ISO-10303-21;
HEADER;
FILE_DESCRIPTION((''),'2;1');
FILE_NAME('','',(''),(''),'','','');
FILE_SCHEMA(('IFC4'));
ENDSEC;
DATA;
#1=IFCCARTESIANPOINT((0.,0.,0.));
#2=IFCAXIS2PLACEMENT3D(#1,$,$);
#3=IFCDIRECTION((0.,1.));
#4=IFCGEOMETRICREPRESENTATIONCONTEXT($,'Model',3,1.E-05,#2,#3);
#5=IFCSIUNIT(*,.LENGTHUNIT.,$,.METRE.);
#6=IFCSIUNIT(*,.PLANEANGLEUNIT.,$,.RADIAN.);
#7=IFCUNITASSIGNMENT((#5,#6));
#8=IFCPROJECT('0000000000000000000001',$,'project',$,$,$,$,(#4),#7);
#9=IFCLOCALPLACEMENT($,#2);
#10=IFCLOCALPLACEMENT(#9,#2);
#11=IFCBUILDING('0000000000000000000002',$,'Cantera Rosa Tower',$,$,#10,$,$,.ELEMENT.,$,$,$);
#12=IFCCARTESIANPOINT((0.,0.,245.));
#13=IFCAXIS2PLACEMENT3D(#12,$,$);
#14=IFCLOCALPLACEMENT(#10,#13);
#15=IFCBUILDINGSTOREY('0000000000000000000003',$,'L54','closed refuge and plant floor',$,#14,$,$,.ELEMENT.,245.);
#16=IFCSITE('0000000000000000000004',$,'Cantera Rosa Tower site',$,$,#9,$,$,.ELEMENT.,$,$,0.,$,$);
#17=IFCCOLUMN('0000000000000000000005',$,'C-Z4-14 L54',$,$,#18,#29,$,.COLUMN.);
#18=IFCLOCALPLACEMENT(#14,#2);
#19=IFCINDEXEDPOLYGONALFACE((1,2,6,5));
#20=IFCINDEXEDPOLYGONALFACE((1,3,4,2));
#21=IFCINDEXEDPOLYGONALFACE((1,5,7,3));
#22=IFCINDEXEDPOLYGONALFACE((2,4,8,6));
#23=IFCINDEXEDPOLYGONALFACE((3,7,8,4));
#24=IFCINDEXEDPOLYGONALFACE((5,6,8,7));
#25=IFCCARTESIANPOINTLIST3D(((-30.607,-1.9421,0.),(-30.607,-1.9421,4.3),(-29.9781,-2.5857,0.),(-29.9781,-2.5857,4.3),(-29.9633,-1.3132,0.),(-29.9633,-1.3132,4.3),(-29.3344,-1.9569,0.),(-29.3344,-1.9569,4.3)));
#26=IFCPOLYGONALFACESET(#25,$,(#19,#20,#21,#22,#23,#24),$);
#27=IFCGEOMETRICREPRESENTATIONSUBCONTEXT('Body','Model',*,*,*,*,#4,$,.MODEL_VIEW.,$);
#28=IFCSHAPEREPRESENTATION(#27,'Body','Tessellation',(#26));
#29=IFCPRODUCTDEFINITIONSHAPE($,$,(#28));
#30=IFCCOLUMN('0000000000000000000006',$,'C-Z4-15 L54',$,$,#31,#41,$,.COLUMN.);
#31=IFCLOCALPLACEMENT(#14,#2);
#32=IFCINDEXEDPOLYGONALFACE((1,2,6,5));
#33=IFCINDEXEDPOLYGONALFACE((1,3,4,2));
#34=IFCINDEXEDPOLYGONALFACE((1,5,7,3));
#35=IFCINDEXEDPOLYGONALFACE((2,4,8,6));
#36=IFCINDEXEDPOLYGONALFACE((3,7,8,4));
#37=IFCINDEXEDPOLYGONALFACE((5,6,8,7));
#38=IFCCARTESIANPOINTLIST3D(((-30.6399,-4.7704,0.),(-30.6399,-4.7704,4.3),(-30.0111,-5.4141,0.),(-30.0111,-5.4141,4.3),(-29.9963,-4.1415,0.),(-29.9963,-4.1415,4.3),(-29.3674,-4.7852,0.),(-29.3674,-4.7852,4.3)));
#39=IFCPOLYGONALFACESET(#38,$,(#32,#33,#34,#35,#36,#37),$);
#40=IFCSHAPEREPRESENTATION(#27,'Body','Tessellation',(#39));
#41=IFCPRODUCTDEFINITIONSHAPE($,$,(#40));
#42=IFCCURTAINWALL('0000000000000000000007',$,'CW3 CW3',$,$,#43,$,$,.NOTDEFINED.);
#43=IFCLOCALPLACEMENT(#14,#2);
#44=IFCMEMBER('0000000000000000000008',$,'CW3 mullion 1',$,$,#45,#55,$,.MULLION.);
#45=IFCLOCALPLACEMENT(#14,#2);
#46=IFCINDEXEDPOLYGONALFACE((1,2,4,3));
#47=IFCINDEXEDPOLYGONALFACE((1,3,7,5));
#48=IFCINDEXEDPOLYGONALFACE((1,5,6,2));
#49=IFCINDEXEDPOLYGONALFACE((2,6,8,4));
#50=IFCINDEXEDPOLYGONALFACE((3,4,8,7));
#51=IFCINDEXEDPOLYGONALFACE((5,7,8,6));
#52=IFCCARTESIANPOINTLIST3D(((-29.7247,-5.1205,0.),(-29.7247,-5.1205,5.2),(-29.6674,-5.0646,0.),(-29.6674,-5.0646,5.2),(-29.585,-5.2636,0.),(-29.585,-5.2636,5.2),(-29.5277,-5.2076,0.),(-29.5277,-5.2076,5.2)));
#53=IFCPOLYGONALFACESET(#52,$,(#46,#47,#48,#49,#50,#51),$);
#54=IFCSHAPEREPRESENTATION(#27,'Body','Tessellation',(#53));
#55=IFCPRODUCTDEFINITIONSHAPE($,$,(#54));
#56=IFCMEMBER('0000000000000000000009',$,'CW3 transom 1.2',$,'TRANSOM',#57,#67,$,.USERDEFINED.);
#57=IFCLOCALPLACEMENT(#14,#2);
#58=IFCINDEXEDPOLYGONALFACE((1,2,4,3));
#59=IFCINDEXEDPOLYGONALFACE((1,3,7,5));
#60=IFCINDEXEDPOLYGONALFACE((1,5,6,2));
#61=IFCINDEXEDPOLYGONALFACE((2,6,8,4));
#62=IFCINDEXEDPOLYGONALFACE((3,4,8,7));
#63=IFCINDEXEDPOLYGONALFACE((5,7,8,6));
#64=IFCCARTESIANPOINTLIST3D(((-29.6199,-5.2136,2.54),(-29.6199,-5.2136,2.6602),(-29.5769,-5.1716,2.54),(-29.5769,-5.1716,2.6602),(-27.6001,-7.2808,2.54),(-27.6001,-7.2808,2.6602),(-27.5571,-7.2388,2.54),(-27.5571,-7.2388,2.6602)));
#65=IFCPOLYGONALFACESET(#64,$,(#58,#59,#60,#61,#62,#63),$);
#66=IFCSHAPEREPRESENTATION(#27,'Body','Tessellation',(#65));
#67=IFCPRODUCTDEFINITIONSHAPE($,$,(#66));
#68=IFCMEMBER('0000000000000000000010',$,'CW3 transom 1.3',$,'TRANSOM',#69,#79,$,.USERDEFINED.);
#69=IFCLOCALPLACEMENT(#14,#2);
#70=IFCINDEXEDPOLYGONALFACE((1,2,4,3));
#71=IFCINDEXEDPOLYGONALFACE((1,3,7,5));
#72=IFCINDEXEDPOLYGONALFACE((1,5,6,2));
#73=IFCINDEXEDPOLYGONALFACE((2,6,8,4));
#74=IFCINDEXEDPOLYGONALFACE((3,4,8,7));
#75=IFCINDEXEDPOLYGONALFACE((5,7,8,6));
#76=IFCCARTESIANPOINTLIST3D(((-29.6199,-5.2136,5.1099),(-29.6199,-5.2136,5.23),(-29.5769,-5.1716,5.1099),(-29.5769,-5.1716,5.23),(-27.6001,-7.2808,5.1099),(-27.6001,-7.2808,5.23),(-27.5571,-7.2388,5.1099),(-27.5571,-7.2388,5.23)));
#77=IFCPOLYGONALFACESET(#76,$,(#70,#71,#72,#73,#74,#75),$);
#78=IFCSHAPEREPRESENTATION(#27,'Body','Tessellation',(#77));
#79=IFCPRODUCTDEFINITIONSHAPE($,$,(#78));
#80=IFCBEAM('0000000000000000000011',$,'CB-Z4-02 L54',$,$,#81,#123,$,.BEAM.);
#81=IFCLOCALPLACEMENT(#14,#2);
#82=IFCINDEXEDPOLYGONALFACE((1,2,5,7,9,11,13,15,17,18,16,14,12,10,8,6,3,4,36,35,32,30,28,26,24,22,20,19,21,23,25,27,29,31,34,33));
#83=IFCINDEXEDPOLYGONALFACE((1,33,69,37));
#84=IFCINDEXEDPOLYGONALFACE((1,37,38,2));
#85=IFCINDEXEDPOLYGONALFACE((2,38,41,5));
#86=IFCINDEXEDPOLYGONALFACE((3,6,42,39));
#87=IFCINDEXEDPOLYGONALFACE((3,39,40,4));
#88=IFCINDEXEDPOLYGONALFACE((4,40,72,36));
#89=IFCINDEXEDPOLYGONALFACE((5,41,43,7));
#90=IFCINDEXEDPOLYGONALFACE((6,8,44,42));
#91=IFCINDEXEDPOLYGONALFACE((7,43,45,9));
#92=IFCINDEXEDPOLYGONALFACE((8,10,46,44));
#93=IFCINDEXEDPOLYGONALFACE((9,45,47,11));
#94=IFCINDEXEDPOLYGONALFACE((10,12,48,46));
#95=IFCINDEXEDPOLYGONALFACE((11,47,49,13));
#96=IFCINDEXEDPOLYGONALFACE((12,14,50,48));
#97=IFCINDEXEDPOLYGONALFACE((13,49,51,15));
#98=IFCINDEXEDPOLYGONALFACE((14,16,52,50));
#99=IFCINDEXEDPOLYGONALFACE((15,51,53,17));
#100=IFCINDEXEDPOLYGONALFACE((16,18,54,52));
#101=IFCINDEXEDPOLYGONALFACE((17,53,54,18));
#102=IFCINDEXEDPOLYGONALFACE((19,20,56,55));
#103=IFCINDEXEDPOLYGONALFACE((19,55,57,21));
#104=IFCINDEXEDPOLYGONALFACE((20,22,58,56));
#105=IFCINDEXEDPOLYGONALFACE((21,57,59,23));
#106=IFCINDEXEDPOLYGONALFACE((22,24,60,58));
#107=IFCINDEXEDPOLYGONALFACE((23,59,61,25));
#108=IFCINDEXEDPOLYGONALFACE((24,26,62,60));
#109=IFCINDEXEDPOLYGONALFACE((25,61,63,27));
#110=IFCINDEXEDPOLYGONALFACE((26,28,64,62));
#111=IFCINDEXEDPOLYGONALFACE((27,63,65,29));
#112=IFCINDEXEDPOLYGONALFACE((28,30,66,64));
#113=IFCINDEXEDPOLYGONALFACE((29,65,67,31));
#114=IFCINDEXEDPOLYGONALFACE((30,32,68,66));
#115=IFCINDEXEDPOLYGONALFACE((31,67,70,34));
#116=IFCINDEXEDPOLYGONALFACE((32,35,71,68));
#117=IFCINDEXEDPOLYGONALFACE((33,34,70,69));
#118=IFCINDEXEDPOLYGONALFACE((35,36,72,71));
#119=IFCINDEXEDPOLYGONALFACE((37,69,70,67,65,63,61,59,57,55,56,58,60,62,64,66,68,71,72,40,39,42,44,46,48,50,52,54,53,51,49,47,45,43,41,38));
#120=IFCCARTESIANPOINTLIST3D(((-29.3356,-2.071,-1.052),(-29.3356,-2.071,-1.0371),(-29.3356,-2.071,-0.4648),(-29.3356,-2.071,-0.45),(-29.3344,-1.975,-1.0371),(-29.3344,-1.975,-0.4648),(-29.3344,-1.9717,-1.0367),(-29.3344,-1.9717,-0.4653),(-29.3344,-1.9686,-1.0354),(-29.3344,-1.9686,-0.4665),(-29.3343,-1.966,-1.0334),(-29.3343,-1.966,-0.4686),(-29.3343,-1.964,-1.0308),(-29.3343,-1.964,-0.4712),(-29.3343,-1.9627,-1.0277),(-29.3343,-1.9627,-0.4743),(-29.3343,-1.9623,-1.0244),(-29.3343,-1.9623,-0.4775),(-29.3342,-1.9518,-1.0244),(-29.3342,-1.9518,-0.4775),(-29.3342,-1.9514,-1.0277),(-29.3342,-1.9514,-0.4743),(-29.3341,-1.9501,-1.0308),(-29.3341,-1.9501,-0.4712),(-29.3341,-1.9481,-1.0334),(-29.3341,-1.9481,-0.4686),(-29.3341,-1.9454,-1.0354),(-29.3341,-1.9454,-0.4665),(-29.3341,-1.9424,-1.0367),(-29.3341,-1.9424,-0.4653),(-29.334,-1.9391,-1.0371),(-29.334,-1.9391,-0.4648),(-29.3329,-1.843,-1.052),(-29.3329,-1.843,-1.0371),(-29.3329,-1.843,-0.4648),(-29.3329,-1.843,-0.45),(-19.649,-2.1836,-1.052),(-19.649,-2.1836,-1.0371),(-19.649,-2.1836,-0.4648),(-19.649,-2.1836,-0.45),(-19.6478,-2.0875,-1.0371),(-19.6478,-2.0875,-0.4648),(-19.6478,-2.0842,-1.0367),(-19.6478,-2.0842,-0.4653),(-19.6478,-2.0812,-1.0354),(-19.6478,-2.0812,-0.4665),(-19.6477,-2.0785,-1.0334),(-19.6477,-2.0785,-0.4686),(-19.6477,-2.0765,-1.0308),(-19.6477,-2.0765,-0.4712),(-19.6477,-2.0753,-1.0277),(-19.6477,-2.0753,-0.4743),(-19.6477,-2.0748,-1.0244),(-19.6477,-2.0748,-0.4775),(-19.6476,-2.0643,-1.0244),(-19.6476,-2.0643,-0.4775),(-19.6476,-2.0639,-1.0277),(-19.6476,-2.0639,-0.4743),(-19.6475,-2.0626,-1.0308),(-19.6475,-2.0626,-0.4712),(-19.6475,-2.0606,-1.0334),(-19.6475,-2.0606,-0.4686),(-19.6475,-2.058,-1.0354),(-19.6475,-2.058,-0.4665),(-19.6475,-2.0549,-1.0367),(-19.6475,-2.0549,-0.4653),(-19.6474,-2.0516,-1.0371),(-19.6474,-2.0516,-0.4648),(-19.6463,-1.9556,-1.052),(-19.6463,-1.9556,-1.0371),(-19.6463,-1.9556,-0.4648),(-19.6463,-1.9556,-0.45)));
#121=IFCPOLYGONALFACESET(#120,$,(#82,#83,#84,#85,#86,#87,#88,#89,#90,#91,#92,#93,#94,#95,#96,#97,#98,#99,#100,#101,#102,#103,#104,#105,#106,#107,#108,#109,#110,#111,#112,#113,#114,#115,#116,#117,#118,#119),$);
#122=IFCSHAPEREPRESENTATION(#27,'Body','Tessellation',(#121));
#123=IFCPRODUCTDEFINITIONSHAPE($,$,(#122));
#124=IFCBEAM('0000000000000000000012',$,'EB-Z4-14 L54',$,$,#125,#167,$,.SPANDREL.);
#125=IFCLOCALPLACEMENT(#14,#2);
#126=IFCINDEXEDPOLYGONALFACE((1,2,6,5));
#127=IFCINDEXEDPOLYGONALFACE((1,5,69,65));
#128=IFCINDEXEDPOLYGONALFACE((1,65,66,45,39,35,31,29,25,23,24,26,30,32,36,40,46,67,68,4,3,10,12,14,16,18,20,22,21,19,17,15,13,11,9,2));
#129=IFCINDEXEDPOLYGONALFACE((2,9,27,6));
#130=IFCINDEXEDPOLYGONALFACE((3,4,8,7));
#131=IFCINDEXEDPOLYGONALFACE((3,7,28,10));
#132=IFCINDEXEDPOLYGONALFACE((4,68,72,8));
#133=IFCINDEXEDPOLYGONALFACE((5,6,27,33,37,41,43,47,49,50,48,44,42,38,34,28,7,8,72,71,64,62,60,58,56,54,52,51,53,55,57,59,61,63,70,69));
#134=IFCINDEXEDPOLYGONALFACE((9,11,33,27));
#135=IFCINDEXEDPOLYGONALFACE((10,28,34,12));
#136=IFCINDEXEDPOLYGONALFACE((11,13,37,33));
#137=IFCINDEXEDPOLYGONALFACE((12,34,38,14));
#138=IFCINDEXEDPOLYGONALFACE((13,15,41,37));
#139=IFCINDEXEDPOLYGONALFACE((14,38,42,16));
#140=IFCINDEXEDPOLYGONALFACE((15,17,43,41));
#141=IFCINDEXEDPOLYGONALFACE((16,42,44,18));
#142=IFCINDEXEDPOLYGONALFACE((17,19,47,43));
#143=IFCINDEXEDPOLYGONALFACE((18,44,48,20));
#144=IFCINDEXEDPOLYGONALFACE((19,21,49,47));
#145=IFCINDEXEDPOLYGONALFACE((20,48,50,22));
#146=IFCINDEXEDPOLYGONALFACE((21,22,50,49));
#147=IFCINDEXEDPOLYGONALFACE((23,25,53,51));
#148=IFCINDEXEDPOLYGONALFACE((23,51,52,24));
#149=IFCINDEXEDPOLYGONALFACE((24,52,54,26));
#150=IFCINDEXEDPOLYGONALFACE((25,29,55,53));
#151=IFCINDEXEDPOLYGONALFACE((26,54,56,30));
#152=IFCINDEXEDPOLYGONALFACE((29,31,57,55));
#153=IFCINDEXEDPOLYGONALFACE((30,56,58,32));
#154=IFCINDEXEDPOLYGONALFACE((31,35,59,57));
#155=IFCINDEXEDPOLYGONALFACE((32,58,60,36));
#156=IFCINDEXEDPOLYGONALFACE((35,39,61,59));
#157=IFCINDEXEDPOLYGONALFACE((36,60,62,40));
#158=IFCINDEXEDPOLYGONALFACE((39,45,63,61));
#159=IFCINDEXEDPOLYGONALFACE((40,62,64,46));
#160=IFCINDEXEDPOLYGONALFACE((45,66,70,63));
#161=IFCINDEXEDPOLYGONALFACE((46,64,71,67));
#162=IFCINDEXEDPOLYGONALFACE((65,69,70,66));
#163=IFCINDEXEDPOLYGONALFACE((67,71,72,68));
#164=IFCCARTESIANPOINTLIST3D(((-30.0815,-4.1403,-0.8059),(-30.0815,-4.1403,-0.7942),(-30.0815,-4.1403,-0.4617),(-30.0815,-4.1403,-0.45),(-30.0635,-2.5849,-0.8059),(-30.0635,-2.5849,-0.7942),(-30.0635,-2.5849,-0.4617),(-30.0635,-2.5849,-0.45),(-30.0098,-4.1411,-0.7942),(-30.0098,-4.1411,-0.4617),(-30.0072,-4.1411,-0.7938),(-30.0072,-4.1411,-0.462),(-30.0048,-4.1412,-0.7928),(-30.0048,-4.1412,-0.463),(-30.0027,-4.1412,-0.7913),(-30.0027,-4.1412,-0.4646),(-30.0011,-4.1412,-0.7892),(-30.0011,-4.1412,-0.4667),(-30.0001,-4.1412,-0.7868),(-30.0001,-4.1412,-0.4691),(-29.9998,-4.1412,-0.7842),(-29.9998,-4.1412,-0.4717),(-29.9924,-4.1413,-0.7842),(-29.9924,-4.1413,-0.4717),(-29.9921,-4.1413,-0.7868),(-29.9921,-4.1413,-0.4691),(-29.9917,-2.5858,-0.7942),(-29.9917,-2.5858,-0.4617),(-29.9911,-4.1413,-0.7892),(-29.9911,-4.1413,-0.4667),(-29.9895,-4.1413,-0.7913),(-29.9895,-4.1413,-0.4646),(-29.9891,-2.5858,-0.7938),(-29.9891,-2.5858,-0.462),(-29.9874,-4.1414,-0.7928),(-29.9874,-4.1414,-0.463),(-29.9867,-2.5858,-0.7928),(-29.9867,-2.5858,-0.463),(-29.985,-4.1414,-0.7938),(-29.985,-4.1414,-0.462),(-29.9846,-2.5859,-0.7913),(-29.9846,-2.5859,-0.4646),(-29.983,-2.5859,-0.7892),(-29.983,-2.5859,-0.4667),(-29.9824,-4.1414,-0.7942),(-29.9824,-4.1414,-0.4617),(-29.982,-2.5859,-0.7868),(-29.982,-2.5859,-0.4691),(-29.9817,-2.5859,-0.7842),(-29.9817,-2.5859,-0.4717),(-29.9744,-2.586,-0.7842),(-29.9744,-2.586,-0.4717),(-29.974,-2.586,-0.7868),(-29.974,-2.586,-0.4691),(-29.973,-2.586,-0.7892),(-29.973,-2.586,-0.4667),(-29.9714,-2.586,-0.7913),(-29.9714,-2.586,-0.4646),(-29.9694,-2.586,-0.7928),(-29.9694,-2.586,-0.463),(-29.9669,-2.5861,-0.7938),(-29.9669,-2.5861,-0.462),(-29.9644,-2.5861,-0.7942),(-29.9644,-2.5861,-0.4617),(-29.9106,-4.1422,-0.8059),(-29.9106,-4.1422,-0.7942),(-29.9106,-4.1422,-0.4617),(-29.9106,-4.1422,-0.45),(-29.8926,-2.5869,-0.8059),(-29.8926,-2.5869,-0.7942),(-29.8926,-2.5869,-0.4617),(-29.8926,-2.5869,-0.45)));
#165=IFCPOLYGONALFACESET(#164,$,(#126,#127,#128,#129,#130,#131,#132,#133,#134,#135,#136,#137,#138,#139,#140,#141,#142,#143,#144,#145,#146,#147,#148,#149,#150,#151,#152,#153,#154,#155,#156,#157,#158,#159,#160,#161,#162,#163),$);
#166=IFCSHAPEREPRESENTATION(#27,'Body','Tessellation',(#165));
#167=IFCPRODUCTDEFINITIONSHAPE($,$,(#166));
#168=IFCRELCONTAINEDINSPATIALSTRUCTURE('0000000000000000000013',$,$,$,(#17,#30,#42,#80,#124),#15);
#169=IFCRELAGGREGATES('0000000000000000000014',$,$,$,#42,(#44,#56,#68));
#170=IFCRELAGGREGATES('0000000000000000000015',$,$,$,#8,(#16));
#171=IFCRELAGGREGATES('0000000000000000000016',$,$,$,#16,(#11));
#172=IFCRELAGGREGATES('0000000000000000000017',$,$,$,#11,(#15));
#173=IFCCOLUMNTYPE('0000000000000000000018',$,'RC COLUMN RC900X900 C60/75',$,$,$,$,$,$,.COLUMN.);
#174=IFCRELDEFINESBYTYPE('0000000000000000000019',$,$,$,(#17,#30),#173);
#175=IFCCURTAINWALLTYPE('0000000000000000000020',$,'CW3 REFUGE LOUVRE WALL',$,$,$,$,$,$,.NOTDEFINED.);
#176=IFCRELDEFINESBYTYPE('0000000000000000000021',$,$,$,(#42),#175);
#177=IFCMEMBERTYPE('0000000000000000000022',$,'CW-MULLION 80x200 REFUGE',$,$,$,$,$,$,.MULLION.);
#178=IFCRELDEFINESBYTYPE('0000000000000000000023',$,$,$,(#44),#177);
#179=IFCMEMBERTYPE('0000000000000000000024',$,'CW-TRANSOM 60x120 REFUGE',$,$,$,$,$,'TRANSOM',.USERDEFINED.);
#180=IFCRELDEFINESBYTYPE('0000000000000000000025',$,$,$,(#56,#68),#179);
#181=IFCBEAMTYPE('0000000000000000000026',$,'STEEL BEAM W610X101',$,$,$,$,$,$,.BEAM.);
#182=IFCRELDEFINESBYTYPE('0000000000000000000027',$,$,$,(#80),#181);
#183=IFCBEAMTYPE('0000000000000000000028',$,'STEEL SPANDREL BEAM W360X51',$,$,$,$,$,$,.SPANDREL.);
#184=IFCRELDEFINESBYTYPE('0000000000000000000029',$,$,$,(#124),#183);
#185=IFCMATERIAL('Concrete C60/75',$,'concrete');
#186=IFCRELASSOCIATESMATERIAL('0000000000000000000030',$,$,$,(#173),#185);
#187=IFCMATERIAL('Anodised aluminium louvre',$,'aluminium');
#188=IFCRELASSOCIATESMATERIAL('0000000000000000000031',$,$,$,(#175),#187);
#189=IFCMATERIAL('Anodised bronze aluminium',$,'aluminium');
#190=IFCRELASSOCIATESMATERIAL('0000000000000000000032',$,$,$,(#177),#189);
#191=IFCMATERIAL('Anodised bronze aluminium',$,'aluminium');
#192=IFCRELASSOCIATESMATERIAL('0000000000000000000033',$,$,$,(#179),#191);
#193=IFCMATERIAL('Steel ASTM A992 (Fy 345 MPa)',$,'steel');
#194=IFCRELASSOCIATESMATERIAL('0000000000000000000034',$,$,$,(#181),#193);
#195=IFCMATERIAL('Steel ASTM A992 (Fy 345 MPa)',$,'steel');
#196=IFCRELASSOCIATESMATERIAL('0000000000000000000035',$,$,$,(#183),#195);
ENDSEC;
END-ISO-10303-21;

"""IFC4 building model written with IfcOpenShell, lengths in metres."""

from ifc_helpers import new_model, si_unit, direction, frame, origin, origin_2d, place, context, subcontext, project, spatial, rectangle, i_section, extrude, material, material_profile, profile_set, type_object, element, aggregate, save


model = new_model("IFC4")

# Units and contexts
model_context = context("Model", 3, precision=1e-05, world=origin(), true_north=direction((0.0, 1.0)))
body_context = subcontext(model_context, "Body", "Model", "MODEL_VIEW")
ifc_project = project(units=[si_unit("LENGTHUNIT", "METRE"), si_unit("PLANEANGLEUNIT", "RADIAN")], contexts=[model_context])

# Site, building, storey
site_placement = place(None, origin())
site = spatial("IfcSite", under=ifc_project, at=site_placement, Name="Cantera Rosa Tower site", CompositionType="ELEMENT", RefElevation=0.0)
building_placement = place(site_placement, origin())
building = spatial("IfcBuilding", under=site, at=building_placement, Name="Cantera Rosa Tower", CompositionType="ELEMENT")
storey_placement = place(building_placement, frame((0.0, 0.0, 245.0)))
storey = spatial("IfcBuildingStorey", under=building, at=storey_placement, Name="L54", Description="closed refuge and plant floor", CompositionType="ELEMENT", Elevation=245.0)

# Columns
ifc_material_1 = material(Name="Concrete C60/75", Category="concrete")
ifc_material_profile_1 = material_profile(ifc_material_1, rectangle(XDim=0.8999, YDim=0.8999, at=origin_2d()), Name="RC COLUMN RC900X900 C60/75")
ifc_profile_set_1 = profile_set([ifc_material_profile_1], Name="Concrete C60/75")
column_type = type_object("IfcColumnType", Name="RC COLUMN RC900X900 C60/75", PredefinedType="COLUMN", material=ifc_profile_set_1)
for number, where, z_axis, x_axis, name in (
    (1, (-29.9707, -1.9495, 0.0), (0.0, 0.0, 1.0), (0.715286, 0.698832, 0.0), "C-Z4-14 L54"),
    (2, (-30.0037, -4.7778, 0.0), (0.0, 0.0, 1.0), (0.715286, 0.698832, 0.0), "C-Z4-15 L54"),
):
    element("IfcColumn", number, at=place(storey_placement, frame(where, z_axis=z_axis, x_axis=x_axis)), inside=storey, type_object=column_type, Name=name, PredefinedType="COLUMN", context=body_context, shape_type="SweptSolid", body=[
        extrude(rectangle(XDim=0.8999, YDim=0.8999, at=origin_2d()), origin(), (0.0, 0.0, 1.0), 4.3),
    ])

# Curtain wall, members
ifc_material_2 = material(Name="Anodised aluminium louvre", Category="aluminium")
curtain_wall_type = type_object("IfcCurtainWallType", Name="CW3 REFUGE LOUVRE WALL", PredefinedType="NOTDEFINED", material=ifc_material_2)
curtain_wall_placement = place(storey_placement, origin())
curtain_wall = element("IfcCurtainWall", 3, at=curtain_wall_placement, inside=storey, type_object=curtain_wall_type, Name="CW3 CW3", PredefinedType="NOTDEFINED")
ifc_material_3 = material(Name="Anodised bronze aluminium", Category="aluminium")
ifc_material_profile_2 = material_profile(ifc_material_3, rectangle(XDim=0.0801, YDim=0.2, at=origin_2d()), Name="CW-MULLION 80x200 REFUGE")
ifc_profile_set_2 = profile_set([ifc_material_profile_2], Name="Anodised bronze aluminium")
member_type_1 = type_object("IfcMemberType", Name="CW-MULLION 80x200 REFUGE", PredefinedType="MULLION", material=ifc_profile_set_2)
member_1_placement = place(storey_placement, frame((-29.6262, -5.1641, 0.0), z_axis=(0.0, 0.0, 1.0), x_axis=(0.715286, 0.698832, 0.0)))
member_1 = element("IfcMember", 4, at=member_1_placement, type_object=member_type_1, Name="CW3 mullion 1", PredefinedType="MULLION", context=body_context, shape_type="SweptSolid", body=[
    extrude(rectangle(XDim=0.0801, YDim=0.2, at=origin_2d()), origin(), (0.0, 0.0, 1.0), 5.2),
])
ifc_material_4 = material(Name="Anodised bronze aluminium", Category="aluminium")
ifc_material_profile_3 = material_profile(ifc_material_4, rectangle(XDim=0.0601, YDim=0.1201, at=origin_2d()), Name="CW-TRANSOM 60x120 REFUGE")
ifc_profile_set_3 = profile_set([ifc_material_profile_3], Name="Anodised bronze aluminium")
member_type_2 = type_object("IfcMemberType", Name="CW-TRANSOM 60x120 REFUGE", ElementType="TRANSOM", PredefinedType="USERDEFINED", material=ifc_profile_set_3)
member_2_placement = place(storey_placement, frame((-29.5984, -5.1926, 2.6001), z_axis=(0.698865, -0.715253, 0.0), x_axis=(0.715253, 0.698865, 0.0)))
member_2 = element("IfcMember", 5, at=member_2_placement, type_object=member_type_2, Name="CW3 transom 1.2", ObjectType="TRANSOM", PredefinedType="USERDEFINED", context=body_context, shape_type="SweptSolid", body=[
    extrude(rectangle(XDim=0.0601, YDim=0.1201, at=origin_2d()), origin(), (0.0, 0.0, 1.0), 2.8901),
])
member_3_placement = place(storey_placement, frame((-29.5984, -5.1926, 5.1699), z_axis=(0.698865, -0.715253, 0.0), x_axis=(0.715253, 0.698865, 0.0)))
member_3 = element("IfcMember", 6, at=member_3_placement, type_object=member_type_2, Name="CW3 transom 1.3", ObjectType="TRANSOM", PredefinedType="USERDEFINED", context=body_context, shape_type="SweptSolid", body=[
    extrude(rectangle(XDim=0.0601, YDim=0.1201, at=origin_2d()), origin(), (0.0, 0.0, 1.0), 2.8901),
])
aggregate(curtain_wall, [member_1, member_2, member_3])

# Beams
ifc_material_5 = material(Name="Steel ASTM A992 (Fy 345 MPa)", Category="steel")
ifc_material_profile_4 = material_profile(ifc_material_5, i_section(OverallWidth=0.228, OverallDepth=0.6021, WebThickness=0.0105, FlangeThickness=0.0149, FilletRadius=0.0127, at=origin_2d()), Name="W610X101")
ifc_profile_set_4 = profile_set([ifc_material_profile_4], Name="Steel ASTM A992 (Fy 345 MPa)")
beam_type_1 = type_object("IfcBeamType", Name="STEEL BEAM W610X101", PredefinedType="BEAM", material=ifc_profile_set_4)
beam_1_placement = place(storey_placement, frame((-29.3342, -1.957, -0.751), z_axis=(0.999933, -0.011618, 0.0), x_axis=(0.011618, 0.999933, 0.0)))
element("IfcBeam", 7, at=beam_1_placement, inside=storey, type_object=beam_type_1, Name="CB-Z4-02 L54", PredefinedType="BEAM", context=body_context, shape_type="SweptSolid", body=[
    extrude(i_section(OverallWidth=0.228, OverallDepth=0.6021, WebThickness=0.0105, FlangeThickness=0.0149, FilletRadius=0.0127, at=origin_2d()), origin(), (0.0, 0.0, 1.0), 9.6873),
])
ifc_material_6 = material(Name="Steel ASTM A992 (Fy 345 MPa)", Category="steel")
ifc_material_profile_5 = material_profile(ifc_material_6, i_section(OverallWidth=0.1709, OverallDepth=0.356, WebThickness=0.0073, FlangeThickness=0.0117, FilletRadius=0.01, at=origin_2d()), Name="W360X51")
ifc_profile_set_5 = profile_set([ifc_material_profile_5], Name="Steel ASTM A992 (Fy 345 MPa)")
beam_type_2 = type_object("IfcBeamType", Name="STEEL SPANDREL BEAM W360X51", PredefinedType="SPANDREL", material=ifc_profile_set_5)
beam_2_placement = place(storey_placement, frame((-29.978, -2.5859, -0.6279), z_axis=(-0.011614, -0.999933, 0.0), x_axis=(0.999933, -0.011614, 0.0)))
element("IfcBeam", 8, at=beam_2_placement, inside=storey, type_object=beam_type_2, Name="EB-Z4-14 L54", PredefinedType="SPANDREL", context=body_context, shape_type="SweptSolid", body=[
    extrude(i_section(OverallWidth=0.1709, OverallDepth=0.356, WebThickness=0.0073, FlangeThickness=0.0117, FilletRadius=0.01, at=origin_2d()), origin(), (0.0, 0.0, 1.0), 1.5554),
])

save(model, "model.ifc")
